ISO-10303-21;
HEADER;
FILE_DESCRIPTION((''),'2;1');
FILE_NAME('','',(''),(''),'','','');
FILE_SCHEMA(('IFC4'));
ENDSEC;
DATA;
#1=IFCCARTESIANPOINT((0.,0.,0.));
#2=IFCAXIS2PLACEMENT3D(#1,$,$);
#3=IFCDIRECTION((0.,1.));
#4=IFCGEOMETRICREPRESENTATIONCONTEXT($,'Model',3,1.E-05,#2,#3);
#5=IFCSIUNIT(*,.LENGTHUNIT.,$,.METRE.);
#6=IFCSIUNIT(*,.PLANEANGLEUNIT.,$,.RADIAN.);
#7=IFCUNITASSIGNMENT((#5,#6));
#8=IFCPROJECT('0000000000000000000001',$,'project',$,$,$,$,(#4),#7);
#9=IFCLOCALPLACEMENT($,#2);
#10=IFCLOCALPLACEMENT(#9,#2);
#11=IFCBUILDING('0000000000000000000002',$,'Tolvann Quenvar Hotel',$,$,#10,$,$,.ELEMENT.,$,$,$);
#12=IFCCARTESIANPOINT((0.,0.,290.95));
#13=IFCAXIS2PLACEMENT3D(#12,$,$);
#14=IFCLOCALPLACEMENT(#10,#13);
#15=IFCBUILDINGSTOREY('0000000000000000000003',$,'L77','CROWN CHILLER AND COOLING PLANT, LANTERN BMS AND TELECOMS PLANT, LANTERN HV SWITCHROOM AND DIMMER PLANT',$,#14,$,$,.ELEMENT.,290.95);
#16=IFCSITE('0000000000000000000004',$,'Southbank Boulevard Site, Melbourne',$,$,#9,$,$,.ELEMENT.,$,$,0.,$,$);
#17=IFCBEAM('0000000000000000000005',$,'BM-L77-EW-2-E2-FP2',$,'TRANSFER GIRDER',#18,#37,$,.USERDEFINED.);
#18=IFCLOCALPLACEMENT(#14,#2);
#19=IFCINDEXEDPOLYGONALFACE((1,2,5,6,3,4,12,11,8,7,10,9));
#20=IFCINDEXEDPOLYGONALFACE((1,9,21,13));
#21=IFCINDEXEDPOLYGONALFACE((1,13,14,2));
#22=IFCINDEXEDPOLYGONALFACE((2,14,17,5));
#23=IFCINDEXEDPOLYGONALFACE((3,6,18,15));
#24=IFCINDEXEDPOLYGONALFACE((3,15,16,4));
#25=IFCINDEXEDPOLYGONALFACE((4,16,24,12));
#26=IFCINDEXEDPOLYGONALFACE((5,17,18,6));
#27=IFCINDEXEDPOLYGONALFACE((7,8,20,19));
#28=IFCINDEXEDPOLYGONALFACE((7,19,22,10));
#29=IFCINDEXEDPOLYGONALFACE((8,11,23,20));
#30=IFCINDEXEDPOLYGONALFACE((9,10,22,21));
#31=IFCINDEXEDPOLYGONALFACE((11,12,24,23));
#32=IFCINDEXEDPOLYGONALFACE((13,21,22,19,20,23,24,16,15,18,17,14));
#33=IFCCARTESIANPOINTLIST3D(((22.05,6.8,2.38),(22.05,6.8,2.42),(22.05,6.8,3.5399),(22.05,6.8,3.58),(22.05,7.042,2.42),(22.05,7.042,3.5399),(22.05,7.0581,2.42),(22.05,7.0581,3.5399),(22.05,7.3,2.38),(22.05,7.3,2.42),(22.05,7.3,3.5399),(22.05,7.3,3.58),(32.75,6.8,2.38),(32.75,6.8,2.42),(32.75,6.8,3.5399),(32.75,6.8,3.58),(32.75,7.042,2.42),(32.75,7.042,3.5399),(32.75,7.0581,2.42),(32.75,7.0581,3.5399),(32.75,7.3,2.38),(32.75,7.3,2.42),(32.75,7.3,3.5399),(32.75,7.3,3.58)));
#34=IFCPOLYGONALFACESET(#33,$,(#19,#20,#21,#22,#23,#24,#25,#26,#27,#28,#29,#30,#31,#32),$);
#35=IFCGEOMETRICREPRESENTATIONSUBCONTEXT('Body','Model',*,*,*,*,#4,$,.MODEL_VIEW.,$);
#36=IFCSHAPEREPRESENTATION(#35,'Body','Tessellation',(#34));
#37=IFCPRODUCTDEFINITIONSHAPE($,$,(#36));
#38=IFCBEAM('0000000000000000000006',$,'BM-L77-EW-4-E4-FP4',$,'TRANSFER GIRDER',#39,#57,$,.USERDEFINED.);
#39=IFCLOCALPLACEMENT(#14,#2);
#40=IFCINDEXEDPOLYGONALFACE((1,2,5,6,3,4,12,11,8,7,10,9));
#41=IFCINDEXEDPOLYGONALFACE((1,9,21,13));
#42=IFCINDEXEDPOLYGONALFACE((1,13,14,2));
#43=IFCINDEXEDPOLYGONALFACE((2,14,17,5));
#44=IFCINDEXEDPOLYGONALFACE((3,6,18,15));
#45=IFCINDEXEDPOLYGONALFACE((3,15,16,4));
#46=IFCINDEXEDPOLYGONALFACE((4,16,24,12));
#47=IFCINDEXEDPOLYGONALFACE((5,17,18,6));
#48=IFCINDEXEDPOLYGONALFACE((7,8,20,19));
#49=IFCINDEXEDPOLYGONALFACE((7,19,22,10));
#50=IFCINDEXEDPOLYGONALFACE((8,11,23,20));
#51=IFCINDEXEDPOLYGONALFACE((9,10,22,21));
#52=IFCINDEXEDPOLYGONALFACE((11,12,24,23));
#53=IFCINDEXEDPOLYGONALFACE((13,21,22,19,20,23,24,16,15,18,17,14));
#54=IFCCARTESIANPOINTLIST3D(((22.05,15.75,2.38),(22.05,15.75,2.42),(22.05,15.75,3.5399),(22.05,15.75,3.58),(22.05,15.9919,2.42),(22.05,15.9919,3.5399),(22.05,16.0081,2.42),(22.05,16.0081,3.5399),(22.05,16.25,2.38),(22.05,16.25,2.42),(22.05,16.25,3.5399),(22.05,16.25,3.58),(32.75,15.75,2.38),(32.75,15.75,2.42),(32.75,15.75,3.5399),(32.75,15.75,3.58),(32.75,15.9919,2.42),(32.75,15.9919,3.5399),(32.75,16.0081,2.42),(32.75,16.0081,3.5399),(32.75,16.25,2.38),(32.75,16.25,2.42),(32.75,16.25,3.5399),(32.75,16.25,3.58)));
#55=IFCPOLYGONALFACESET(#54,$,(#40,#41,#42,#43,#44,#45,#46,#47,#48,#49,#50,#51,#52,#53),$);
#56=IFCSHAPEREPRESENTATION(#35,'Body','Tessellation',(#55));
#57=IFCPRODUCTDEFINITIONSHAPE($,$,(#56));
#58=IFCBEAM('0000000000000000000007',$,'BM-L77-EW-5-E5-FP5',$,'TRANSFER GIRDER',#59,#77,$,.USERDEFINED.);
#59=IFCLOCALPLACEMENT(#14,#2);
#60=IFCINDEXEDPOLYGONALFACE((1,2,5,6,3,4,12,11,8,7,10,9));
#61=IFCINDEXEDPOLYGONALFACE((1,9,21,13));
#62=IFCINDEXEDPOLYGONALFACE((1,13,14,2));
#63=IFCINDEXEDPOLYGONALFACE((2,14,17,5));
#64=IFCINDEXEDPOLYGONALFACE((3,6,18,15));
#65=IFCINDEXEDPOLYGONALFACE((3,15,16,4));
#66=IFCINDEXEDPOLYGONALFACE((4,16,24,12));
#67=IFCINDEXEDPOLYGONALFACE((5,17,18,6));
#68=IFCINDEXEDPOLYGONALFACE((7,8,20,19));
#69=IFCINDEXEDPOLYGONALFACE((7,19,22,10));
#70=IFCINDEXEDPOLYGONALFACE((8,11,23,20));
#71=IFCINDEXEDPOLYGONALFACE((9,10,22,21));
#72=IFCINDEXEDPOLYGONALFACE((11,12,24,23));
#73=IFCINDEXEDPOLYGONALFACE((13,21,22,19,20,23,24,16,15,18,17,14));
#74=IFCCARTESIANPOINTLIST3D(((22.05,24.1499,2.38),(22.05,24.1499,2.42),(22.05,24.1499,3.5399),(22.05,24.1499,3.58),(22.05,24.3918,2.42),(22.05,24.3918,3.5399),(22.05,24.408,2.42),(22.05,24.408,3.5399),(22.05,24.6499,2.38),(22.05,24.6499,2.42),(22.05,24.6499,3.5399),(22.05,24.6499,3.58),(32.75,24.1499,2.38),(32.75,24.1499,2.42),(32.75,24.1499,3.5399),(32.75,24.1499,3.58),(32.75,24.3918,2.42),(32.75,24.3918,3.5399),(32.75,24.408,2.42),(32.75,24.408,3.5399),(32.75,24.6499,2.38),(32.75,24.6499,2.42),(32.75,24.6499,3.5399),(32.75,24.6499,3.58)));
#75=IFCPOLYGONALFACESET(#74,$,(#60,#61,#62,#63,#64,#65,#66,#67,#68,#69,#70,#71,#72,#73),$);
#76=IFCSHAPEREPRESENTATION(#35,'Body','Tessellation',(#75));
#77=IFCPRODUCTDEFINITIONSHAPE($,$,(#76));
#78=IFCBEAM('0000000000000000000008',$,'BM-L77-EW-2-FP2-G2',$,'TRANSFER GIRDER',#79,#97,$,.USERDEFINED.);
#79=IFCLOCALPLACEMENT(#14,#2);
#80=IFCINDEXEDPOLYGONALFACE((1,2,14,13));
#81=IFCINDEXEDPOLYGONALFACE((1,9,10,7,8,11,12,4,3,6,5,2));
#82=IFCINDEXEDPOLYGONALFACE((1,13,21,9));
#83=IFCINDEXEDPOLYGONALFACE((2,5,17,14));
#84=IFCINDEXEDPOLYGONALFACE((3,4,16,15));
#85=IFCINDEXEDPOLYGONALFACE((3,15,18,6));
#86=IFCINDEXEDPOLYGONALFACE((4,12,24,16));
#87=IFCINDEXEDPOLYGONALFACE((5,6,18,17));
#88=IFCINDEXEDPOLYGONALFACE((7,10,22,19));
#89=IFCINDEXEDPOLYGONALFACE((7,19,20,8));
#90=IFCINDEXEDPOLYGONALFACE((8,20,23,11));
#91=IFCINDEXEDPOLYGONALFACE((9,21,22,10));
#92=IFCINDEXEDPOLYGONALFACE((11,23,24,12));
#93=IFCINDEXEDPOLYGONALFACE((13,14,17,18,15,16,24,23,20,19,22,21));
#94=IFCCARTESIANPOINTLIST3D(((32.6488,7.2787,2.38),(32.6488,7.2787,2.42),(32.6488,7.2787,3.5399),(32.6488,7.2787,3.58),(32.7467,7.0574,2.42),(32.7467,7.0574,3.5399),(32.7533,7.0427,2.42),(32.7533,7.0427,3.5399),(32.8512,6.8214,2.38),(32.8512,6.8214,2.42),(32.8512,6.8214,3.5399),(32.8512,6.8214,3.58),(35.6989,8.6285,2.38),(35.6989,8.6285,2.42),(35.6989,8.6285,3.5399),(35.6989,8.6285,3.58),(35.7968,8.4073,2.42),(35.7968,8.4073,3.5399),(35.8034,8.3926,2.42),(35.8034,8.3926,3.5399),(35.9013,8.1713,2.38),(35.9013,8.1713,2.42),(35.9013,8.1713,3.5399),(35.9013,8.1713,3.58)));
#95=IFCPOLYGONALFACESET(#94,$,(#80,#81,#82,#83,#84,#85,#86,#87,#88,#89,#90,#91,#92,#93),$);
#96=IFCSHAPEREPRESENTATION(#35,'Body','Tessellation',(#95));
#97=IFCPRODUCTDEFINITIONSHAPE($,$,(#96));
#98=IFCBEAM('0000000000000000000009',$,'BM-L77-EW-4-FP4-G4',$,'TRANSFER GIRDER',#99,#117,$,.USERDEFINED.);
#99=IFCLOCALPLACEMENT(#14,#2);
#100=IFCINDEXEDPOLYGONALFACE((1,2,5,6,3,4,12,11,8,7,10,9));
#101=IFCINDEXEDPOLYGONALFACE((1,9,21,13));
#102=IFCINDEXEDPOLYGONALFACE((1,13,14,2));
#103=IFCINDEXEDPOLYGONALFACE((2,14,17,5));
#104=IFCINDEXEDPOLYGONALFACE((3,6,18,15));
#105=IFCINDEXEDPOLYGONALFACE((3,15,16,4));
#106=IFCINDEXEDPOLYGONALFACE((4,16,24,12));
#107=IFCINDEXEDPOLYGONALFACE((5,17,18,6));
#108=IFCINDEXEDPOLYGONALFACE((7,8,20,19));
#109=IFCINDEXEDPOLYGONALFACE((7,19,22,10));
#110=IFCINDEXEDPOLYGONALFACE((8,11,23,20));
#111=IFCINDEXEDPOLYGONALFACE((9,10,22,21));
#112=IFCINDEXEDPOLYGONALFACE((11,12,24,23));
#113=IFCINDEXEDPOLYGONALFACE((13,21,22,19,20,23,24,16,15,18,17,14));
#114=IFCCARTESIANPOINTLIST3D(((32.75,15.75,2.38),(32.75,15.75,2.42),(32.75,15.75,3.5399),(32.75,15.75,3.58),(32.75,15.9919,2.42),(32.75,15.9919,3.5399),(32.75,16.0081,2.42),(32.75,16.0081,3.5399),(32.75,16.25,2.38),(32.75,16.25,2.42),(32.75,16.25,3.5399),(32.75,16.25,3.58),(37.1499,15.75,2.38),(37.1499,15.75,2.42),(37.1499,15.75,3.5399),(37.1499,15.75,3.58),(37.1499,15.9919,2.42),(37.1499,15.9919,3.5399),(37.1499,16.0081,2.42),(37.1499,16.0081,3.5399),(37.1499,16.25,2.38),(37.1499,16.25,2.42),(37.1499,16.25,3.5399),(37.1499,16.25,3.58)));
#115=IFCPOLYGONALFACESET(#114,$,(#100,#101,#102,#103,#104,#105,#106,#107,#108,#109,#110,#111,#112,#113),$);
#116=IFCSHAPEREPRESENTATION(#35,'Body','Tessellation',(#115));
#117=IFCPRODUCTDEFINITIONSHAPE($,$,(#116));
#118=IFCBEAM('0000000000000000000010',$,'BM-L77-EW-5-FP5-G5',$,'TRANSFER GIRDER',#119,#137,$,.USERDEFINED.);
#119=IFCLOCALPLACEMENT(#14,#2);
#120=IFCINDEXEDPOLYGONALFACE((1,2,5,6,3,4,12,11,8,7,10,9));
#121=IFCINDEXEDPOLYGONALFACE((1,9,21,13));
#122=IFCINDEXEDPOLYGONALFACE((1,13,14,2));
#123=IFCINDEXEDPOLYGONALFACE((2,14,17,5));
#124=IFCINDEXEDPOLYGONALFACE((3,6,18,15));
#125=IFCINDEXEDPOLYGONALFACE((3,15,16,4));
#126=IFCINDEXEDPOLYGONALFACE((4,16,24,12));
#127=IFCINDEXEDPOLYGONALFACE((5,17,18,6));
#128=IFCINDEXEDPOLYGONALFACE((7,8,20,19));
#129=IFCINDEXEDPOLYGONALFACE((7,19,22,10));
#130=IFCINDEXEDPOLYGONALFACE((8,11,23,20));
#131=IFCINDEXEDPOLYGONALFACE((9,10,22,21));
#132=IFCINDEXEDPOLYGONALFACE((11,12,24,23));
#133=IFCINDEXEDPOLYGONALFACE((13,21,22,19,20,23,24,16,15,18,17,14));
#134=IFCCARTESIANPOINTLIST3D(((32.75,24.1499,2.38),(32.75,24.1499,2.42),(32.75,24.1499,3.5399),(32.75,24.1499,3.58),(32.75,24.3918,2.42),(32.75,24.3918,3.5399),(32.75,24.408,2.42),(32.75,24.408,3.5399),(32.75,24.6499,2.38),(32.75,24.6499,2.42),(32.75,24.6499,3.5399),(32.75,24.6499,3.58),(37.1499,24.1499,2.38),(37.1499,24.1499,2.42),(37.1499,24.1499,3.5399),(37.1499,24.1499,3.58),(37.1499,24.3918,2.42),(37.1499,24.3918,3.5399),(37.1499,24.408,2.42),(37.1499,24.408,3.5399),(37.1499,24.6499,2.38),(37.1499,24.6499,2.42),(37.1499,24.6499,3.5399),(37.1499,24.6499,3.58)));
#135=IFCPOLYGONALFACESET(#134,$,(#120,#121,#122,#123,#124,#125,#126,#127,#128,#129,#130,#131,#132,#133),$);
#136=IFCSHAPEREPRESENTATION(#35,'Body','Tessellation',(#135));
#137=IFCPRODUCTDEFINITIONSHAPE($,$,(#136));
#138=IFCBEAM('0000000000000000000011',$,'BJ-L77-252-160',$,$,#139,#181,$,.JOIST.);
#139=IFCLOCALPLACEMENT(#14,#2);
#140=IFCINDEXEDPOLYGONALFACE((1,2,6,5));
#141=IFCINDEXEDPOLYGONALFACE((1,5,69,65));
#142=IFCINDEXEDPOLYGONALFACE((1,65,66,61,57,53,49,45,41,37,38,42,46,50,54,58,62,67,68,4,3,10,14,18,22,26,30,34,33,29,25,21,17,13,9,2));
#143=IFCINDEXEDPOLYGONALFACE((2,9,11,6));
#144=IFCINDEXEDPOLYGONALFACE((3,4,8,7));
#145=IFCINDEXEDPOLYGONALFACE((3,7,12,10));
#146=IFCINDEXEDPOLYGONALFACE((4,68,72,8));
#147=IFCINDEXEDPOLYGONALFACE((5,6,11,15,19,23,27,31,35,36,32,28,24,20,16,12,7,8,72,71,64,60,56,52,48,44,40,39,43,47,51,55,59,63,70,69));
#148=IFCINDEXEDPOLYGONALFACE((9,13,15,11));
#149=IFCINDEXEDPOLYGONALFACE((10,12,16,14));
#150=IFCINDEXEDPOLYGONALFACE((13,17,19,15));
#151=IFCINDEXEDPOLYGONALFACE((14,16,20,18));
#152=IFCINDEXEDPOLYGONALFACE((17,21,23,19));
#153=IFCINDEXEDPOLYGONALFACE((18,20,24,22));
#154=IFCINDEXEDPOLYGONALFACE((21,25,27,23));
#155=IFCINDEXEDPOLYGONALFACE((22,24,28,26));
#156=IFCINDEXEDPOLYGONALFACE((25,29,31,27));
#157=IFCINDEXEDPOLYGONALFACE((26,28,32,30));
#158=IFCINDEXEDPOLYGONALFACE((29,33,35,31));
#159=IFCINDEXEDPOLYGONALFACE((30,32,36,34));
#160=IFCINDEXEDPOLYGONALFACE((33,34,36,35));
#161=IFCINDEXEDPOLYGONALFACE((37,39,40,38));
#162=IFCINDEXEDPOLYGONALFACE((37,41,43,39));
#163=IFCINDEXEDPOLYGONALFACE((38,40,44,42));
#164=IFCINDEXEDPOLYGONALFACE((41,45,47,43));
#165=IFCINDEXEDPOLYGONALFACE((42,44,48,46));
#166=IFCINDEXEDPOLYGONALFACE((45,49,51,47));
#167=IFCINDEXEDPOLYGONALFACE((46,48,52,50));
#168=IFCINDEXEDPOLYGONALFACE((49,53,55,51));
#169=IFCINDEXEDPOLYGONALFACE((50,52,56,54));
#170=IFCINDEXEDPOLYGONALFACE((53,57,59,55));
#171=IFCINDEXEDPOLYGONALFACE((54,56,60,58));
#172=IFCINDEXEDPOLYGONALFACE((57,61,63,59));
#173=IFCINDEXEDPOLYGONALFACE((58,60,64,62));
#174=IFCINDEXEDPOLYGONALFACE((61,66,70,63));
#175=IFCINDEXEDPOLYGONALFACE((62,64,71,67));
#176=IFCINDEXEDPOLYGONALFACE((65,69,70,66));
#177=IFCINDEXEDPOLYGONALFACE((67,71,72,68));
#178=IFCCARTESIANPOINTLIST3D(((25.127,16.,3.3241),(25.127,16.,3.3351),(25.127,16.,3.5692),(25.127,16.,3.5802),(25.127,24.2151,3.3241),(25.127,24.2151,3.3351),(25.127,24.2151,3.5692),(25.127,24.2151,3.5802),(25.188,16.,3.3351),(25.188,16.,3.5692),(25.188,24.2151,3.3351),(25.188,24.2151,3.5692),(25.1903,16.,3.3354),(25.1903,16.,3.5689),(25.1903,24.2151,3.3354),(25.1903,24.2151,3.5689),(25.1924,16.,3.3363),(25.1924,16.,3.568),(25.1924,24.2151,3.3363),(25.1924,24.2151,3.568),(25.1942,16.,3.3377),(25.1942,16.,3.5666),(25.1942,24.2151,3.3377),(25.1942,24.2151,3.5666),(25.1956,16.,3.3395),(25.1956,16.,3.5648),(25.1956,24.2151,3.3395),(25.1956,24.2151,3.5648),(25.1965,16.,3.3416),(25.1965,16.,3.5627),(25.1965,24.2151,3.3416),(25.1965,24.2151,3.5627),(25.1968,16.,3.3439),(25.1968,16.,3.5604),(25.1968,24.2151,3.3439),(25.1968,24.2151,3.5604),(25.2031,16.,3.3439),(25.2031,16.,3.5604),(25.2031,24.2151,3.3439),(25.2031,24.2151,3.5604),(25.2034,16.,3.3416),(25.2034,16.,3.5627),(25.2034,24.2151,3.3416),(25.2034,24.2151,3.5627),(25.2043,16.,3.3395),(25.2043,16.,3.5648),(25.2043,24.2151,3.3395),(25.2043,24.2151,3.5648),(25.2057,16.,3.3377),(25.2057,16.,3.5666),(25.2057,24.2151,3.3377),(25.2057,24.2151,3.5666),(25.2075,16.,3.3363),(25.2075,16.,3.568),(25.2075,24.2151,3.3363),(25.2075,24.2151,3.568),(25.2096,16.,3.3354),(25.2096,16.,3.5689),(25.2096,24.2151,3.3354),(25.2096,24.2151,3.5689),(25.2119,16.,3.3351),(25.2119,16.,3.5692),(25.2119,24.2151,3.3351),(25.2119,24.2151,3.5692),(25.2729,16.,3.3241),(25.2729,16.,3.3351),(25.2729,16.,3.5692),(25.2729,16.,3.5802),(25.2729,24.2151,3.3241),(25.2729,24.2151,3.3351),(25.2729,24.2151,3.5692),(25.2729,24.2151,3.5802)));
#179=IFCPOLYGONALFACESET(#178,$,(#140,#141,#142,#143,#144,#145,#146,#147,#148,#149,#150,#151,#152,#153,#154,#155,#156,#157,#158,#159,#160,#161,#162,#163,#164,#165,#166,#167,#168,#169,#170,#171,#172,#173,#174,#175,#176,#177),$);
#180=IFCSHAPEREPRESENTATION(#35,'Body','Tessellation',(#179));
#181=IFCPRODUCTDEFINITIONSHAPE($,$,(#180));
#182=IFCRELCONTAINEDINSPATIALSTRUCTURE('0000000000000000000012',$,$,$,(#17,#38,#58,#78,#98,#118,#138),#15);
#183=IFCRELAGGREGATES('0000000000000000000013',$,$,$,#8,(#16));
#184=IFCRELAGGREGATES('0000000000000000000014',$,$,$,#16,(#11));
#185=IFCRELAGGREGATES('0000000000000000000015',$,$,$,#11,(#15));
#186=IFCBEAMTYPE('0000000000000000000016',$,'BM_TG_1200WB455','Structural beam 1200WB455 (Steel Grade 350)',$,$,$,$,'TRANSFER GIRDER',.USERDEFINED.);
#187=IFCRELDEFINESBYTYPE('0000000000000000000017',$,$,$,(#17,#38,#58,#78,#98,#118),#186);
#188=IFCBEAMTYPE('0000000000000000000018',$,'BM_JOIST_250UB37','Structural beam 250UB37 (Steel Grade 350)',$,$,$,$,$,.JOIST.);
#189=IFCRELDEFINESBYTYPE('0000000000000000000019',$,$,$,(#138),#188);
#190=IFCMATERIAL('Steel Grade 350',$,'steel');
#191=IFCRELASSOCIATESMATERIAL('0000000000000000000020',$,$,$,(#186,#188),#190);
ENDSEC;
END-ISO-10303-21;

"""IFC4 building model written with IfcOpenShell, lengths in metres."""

from ifc_helpers import new_model, si_unit, direction, frame, origin, origin_2d, place, context, subcontext, project, spatial, i_section, extrude, source, transform, mapped, material, material_profile, profile_set, type_object, type_shapes, element, save


model = new_model("IFC4")

# Units and contexts
model_context = context("Model", 3, precision=1e-05, world=origin(), true_north=direction((0.0, 1.0)))
body_context = subcontext(model_context, "Body", "Model", "MODEL_VIEW")
ifc_project = project(units=[si_unit("LENGTHUNIT", "METRE"), si_unit("PLANEANGLEUNIT", "RADIAN")], contexts=[model_context])

# Site, building, storey
site_placement = place(None, origin())
site = spatial("IfcSite", under=ifc_project, at=site_placement, Name="Southbank Boulevard Site, Melbourne", CompositionType="ELEMENT", RefElevation=0.0)
building_placement = place(site_placement, origin())
building = spatial("IfcBuilding", under=site, at=building_placement, Name="Tolvann Quenvar Hotel", CompositionType="ELEMENT")
storey_placement = place(building_placement, frame((0.0, 0.0, 290.95)))
storey = spatial("IfcBuildingStorey", under=building, at=storey_placement, Name="L77", Description="CROWN CHILLER AND COOLING PLANT, LANTERN BMS AND TELECOMS PLANT, LANTERN HV SWITCHROOM AND DIMMER PLANT", CompositionType="ELEMENT", Elevation=290.95)

# Shared definitions
ifc_material_1 = material(Name="Steel Grade 350", Category="steel")

# Beams
ifc_material_profile_1 = material_profile(ifc_material_1, i_section(OverallWidth=0.5, OverallDepth=1.2, WebThickness=0.0161, FlangeThickness=0.04, at=origin_2d()), Name="1200WB455")
ifc_profile_set_1 = profile_set([ifc_material_profile_1], Name="Steel Grade 350")
beam_type_1 = type_object("IfcBeamType", Name="BM_TG_1200WB455", Description="Structural beam 1200WB455 (Steel Grade 350)", ElementType="TRANSFER GIRDER", PredefinedType="USERDEFINED", material=ifc_profile_set_1)
shared_shape_1 = source(origin(), body_context, "Body", "SweptSolid", [
    extrude(i_section(OverallWidth=0.5, OverallDepth=1.2, WebThickness=0.0161, FlangeThickness=0.04, at=origin_2d()), origin(), (0.0, 0.0, 1.0), 10.7),
])
for number, where, z_axis, x_axis, name in (
    (1, (22.05, 7.05, 2.98), (1.0, 0.0, 0.0), (0.0, 1.0, 0.0), "BM-L77-EW-2-E2-FP2"),
    (2, (22.05, 16.0, 2.98), (1.0, 0.0, 0.0), (0.0, 1.0, 0.0), "BM-L77-EW-4-E4-FP4"),
    (3, (22.05, 24.3999, 2.98), (1.0, 0.0, 0.0), (0.0, 1.0, 0.0), "BM-L77-EW-5-E5-FP5"),
):
    element("IfcBeam", number, at=place(storey_placement, frame(where, z_axis=z_axis, x_axis=x_axis)), inside=storey, type_object=beam_type_1, Name=name, ObjectType="TRANSFER GIRDER", PredefinedType="USERDEFINED", context=body_context, shape_type="MappedRepresentation", body=[
        mapped(shared_shape_1, transform((0.0, 0.0, 0.0), x_axis=(1.0, 0.0, 0.0), y_axis=(0.0, 1.0, 0.0), z_axis=(0.0, 0.0, 1.0), scale=1.0)),
    ])
shared_shape_2 = source(origin(), body_context, "Body", "SweptSolid", [
    extrude(i_section(OverallWidth=0.5, OverallDepth=1.2, WebThickness=0.0161, FlangeThickness=0.04, at=origin_2d()), origin(), (0.0, 0.0, 1.0), 3.3354),
])
beam_1_placement = place(storey_placement, frame((32.75, 7.05, 2.98), z_axis=(0.914447, 0.404705, 0.0), x_axis=(-0.404705, 0.914447, 0.0)))
element("IfcBeam", 4, at=beam_1_placement, inside=storey, type_object=beam_type_1, Name="BM-L77-EW-2-FP2-G2", ObjectType="TRANSFER GIRDER", PredefinedType="USERDEFINED", context=body_context, shape_type="MappedRepresentation", body=[
    mapped(shared_shape_2, transform((0.0, 0.0, 0.0), x_axis=(1.0, 0.0, 0.0), y_axis=(0.0, 1.0, 0.0), z_axis=(0.0, 0.0, 1.0), scale=1.0)),
])
shared_shape_3 = source(origin(), body_context, "Body", "SweptSolid", [
    extrude(i_section(OverallWidth=0.5, OverallDepth=1.2, WebThickness=0.0161, FlangeThickness=0.04, at=origin_2d()), origin(), (0.0, 0.0, 1.0), 4.3999),
])
for number, where, z_axis, x_axis, name in (
    (5, (32.75, 16.0, 2.98), (1.0, 0.0, 0.0), (0.0, 1.0, 0.0), "BM-L77-EW-4-FP4-G4"),
    (6, (32.75, 24.3999, 2.98), (1.0, 0.0, 0.0), (0.0, 1.0, 0.0), "BM-L77-EW-5-FP5-G5"),
):
    element("IfcBeam", number, at=place(storey_placement, frame(where, z_axis=z_axis, x_axis=x_axis)), inside=storey, type_object=beam_type_1, Name=name, ObjectType="TRANSFER GIRDER", PredefinedType="USERDEFINED", context=body_context, shape_type="MappedRepresentation", body=[
        mapped(shared_shape_3, transform((0.0, 0.0, 0.0), x_axis=(1.0, 0.0, 0.0), y_axis=(0.0, 1.0, 0.0), z_axis=(0.0, 0.0, 1.0), scale=1.0)),
    ])
ifc_material_profile_2 = material_profile(ifc_material_1, i_section(OverallWidth=0.146, OverallDepth=0.2561, WebThickness=0.0063, FlangeThickness=0.011, FilletRadius=0.0088, at=origin_2d()), Name="250UB37")
ifc_profile_set_2 = profile_set([ifc_material_profile_2], Name="Steel Grade 350")
beam_type_2 = type_object("IfcBeamType", Name="BM_JOIST_250UB37", Description="Structural beam 250UB37 (Steel Grade 350)", PredefinedType="JOIST", material=ifc_profile_set_2)
shared_shape_4 = source(origin(), body_context, "Body", "SweptSolid", [
    extrude(i_section(OverallWidth=0.146, OverallDepth=0.2561, WebThickness=0.0063, FlangeThickness=0.011, FilletRadius=0.0088, at=origin_2d()), origin(), (0.0, 0.0, 1.0), 8.2151),
])
type_shapes(beam_type_2, [shared_shape_4])
beam_2_placement = place(storey_placement, frame((25.2, 16.0, 3.4521), z_axis=(0.0, 1.0, 0.0), x_axis=(-1.0, 0.0, 0.0)))
element("IfcBeam", 7, at=beam_2_placement, inside=storey, type_object=beam_type_2, Name="BJ-L77-252-160", PredefinedType="JOIST", context=body_context, shape_type="MappedRepresentation", body=[
    mapped(shared_shape_4, transform((0.0, 0.0, 0.0), x_axis=(1.0, 0.0, 0.0), y_axis=(0.0, 1.0, 0.0), z_axis=(0.0, 0.0, 1.0), scale=1.0)),
])

save(model, "model.ifc")
